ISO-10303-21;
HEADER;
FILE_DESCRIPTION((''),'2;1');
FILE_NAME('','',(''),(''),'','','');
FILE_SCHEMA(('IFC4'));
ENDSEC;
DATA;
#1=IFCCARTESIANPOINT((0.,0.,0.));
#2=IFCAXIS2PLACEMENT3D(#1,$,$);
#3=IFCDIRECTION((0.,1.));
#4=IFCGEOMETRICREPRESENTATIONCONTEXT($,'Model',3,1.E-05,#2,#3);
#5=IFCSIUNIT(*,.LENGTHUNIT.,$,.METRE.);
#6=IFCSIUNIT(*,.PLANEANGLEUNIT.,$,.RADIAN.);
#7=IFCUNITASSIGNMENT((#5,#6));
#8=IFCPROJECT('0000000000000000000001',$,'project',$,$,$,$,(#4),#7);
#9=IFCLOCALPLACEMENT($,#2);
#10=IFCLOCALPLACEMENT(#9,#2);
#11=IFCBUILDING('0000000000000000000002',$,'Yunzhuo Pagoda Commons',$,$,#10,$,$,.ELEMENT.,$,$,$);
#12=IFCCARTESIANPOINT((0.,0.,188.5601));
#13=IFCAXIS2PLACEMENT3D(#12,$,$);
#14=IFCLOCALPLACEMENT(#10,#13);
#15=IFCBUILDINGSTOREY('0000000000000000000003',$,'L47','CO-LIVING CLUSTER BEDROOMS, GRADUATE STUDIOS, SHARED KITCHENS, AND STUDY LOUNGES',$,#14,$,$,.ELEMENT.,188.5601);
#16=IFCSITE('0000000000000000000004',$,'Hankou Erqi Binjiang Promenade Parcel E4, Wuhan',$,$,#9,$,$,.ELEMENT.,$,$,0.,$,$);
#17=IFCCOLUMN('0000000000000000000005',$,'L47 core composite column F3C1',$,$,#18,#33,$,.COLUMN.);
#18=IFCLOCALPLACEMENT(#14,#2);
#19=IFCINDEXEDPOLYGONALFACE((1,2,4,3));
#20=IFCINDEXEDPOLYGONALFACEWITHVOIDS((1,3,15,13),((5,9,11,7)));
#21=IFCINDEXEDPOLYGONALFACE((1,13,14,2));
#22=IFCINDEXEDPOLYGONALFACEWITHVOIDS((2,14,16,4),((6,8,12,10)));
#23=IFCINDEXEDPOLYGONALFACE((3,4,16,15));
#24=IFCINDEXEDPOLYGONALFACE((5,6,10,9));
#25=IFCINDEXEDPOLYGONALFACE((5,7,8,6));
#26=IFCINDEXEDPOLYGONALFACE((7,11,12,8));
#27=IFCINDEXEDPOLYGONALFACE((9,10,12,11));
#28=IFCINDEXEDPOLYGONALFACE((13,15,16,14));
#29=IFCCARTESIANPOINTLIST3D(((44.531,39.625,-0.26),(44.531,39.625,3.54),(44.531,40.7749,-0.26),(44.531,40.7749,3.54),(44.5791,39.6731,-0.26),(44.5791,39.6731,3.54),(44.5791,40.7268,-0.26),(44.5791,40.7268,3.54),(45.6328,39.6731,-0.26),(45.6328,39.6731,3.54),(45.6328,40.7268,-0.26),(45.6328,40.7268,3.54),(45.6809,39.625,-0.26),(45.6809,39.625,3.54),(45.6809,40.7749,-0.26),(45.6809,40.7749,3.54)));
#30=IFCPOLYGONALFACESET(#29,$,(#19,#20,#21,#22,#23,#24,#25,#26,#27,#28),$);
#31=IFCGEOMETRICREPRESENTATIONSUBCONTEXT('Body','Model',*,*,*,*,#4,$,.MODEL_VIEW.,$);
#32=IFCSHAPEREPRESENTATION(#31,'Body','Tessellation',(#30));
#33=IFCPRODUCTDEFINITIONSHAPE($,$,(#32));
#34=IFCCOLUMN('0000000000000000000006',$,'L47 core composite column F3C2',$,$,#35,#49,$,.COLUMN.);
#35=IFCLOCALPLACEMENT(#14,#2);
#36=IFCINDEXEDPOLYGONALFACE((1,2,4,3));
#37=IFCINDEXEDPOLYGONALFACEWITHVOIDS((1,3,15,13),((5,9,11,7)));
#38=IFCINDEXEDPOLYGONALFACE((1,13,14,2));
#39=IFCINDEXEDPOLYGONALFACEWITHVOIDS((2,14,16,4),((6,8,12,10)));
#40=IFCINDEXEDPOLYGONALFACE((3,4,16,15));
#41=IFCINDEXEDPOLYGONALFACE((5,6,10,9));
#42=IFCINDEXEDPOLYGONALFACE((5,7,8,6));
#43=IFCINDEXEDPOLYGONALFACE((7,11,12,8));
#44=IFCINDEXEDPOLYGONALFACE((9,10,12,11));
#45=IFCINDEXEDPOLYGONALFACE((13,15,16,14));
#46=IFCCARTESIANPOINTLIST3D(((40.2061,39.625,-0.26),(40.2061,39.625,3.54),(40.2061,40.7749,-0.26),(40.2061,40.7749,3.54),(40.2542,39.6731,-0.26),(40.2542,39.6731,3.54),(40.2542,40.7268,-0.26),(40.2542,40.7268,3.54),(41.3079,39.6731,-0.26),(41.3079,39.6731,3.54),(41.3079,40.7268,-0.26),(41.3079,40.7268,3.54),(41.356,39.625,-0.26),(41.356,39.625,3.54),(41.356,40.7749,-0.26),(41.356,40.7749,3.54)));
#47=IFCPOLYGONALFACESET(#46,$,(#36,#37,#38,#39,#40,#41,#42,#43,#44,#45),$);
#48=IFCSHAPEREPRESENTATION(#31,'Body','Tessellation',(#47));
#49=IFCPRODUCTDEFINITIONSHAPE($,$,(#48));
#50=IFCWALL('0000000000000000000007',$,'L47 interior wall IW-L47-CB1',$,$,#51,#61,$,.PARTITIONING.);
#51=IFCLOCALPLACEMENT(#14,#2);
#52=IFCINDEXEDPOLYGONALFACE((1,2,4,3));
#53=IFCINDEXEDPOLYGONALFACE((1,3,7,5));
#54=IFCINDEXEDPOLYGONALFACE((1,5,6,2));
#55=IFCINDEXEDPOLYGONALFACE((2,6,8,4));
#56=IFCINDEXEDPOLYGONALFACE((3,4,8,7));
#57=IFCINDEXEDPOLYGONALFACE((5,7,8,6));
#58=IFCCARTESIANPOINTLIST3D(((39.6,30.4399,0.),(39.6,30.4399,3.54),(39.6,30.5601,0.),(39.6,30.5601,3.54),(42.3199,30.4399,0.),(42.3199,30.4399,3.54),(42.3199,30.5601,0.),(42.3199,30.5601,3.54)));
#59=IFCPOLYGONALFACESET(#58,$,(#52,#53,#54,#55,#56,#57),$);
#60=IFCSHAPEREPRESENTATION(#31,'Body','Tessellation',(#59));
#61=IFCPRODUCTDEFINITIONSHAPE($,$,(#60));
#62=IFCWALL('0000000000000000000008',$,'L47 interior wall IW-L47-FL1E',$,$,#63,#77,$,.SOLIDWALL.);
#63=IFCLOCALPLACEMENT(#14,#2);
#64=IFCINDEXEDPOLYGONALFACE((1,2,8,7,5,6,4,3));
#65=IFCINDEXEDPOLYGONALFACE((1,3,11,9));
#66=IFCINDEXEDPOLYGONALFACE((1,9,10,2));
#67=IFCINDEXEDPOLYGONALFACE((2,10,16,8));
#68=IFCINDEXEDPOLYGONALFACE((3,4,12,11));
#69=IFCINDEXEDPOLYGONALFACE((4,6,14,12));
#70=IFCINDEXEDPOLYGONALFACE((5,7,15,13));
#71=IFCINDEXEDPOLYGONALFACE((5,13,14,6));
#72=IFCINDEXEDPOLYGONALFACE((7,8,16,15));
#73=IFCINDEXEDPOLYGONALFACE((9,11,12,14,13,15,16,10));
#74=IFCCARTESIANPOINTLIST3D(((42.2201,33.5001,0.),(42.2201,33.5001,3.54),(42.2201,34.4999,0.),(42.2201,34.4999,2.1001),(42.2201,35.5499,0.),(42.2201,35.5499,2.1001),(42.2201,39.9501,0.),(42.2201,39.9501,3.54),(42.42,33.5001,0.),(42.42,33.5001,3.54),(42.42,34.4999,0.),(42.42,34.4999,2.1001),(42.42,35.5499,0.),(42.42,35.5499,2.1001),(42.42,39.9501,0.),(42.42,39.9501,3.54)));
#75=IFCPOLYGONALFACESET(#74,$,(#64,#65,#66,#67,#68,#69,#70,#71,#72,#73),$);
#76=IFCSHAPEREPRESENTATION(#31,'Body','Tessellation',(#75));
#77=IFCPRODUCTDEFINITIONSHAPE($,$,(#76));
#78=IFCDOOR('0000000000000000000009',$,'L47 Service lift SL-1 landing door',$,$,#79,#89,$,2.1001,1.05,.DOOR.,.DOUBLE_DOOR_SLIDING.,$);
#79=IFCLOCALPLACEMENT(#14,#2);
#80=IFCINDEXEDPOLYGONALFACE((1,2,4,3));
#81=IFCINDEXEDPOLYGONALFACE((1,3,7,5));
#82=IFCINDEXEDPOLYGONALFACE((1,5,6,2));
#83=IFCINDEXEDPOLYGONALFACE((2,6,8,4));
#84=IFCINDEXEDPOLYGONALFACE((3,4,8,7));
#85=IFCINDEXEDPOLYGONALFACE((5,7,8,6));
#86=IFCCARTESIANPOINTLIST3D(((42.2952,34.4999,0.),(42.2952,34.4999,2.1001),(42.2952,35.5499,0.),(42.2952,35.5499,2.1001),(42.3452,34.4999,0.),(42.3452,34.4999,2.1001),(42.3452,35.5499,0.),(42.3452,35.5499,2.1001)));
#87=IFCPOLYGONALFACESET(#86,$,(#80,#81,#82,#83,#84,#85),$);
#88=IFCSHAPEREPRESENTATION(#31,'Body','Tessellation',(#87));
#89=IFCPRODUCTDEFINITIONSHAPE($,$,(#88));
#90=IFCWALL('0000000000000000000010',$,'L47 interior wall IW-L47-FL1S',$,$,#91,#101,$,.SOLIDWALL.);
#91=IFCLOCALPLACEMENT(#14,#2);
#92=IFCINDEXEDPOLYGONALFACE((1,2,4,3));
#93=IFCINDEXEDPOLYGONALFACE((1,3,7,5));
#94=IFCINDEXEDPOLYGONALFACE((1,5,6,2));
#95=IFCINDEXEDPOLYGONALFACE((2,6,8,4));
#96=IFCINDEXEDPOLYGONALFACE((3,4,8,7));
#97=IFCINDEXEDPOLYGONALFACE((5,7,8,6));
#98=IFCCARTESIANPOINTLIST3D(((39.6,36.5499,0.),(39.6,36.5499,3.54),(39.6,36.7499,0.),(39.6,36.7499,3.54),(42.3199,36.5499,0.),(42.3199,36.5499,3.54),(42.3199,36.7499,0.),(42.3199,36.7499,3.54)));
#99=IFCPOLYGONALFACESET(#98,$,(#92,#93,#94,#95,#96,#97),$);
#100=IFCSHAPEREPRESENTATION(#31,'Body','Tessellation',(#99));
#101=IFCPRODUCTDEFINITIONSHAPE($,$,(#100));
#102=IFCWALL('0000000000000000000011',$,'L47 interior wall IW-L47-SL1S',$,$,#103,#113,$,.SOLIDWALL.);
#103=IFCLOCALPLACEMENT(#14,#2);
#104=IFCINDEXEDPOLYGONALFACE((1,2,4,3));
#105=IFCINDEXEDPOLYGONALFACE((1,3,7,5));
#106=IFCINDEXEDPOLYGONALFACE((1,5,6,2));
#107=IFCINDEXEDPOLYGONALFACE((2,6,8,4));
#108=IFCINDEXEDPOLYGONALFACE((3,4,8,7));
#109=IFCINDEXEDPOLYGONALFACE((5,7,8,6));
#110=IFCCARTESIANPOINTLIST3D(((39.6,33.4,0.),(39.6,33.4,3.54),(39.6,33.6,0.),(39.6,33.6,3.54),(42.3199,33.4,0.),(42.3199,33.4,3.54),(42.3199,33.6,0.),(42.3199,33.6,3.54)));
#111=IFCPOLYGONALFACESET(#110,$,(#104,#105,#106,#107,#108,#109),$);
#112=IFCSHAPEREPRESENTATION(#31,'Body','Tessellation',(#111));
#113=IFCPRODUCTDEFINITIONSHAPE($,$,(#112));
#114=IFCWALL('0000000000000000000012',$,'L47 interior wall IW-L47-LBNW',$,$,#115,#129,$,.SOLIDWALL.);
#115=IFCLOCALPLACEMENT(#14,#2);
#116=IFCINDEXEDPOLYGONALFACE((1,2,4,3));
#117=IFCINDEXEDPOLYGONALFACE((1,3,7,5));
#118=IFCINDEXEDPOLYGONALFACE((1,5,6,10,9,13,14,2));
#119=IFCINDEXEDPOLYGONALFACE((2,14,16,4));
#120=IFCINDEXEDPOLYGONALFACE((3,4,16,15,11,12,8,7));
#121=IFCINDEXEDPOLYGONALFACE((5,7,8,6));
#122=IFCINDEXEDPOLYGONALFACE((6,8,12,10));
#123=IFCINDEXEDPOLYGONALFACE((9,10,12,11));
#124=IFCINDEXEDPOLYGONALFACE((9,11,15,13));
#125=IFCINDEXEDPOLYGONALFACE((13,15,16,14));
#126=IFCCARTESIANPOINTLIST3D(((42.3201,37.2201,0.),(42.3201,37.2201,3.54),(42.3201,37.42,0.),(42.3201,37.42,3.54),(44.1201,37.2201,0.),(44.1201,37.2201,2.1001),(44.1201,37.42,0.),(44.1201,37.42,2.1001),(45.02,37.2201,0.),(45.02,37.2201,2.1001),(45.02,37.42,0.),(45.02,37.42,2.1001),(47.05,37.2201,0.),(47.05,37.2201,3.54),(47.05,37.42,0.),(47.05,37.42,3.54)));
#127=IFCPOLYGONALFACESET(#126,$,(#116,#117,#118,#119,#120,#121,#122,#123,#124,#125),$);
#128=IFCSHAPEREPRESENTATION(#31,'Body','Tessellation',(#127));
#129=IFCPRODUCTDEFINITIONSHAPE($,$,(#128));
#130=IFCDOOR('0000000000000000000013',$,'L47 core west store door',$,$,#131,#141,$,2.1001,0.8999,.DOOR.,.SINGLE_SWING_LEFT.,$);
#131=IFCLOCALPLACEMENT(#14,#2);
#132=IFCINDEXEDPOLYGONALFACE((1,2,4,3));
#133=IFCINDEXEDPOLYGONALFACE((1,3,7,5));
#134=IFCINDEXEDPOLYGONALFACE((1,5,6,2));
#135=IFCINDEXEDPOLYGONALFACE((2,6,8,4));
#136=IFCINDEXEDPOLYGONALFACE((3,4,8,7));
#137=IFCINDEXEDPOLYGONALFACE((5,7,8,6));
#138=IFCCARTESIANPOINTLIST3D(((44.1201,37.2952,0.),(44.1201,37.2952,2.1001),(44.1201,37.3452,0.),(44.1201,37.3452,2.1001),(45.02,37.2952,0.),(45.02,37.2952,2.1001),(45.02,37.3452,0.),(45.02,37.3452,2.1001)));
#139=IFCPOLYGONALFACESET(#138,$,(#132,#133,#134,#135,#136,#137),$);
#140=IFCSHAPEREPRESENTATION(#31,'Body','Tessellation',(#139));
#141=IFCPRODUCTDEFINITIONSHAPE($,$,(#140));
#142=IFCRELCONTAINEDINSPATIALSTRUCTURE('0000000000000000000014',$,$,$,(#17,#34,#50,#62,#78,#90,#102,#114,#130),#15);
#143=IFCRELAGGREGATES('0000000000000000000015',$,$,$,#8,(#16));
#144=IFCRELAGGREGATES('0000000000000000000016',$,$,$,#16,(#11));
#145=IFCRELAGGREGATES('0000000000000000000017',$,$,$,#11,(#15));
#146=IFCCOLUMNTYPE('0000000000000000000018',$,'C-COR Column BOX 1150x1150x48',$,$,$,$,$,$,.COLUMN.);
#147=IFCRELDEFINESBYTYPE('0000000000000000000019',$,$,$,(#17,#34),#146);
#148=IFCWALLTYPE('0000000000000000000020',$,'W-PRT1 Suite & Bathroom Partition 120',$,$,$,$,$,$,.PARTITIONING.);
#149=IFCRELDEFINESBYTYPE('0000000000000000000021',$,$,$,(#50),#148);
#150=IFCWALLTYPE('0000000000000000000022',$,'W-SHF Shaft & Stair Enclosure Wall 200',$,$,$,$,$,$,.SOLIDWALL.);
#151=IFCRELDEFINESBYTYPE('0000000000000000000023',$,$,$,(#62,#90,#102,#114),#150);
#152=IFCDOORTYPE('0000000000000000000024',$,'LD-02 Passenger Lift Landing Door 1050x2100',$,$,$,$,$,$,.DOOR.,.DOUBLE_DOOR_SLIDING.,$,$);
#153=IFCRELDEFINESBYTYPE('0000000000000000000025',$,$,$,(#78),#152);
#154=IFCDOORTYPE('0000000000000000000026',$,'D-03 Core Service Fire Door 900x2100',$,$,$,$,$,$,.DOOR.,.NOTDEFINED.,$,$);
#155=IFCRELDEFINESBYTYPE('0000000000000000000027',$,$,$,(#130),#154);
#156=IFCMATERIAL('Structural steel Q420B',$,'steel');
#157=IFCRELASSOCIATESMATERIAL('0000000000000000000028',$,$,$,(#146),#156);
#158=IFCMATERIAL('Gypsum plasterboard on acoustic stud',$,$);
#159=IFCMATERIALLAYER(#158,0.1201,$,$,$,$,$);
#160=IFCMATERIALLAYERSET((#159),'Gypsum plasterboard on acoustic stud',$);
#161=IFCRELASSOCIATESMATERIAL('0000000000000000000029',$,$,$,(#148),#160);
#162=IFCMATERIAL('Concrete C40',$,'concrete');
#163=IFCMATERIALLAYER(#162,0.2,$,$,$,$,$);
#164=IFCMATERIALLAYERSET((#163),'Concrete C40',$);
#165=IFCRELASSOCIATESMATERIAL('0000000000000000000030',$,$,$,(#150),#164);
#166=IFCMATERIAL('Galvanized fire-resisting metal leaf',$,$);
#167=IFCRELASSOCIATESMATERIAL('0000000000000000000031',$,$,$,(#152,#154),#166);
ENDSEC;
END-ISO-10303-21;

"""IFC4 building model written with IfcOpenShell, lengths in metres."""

from ifc_helpers import new_model, si_unit, direction, frame, frame_2d, origin, origin_with_axes, origin_2d, place, context, subcontext, project, spatial, rectangle, hollow_rectangle, extrude, source, transform, mapped, material, layer, layer_set, material_profile, profile_set, type_object, element, fill, save


model = new_model("IFC4")

# Units and contexts
model_context = context("Model", 3, precision=1e-05, world=origin(), true_north=direction((0.0, 1.0)))
body_context = subcontext(model_context, "Body", "Model", "MODEL_VIEW")
ifc_project = project(units=[si_unit("LENGTHUNIT", "METRE"), si_unit("PLANEANGLEUNIT", "RADIAN")], contexts=[model_context])

# Site, building, storey
site_placement = place(None, origin())
site = spatial("IfcSite", under=ifc_project, at=site_placement, Name="Hankou Erqi Binjiang Promenade Parcel E4, Wuhan", CompositionType="ELEMENT", RefElevation=0.0)
building_placement = place(site_placement, origin())
building = spatial("IfcBuilding", under=site, at=building_placement, Name="Yunzhuo Pagoda Commons", CompositionType="ELEMENT")
storey_placement = place(building_placement, frame((0.0, 0.0, 188.5601)))
storey = spatial("IfcBuildingStorey", under=building, at=storey_placement, Name="L47", Description="CO-LIVING CLUSTER BEDROOMS, GRADUATE STUDIOS, SHARED KITCHENS, AND STUDY LOUNGES", CompositionType="ELEMENT", Elevation=188.5601)

# Columns
ifc_material_1 = material(Name="Structural steel Q420B", Category="steel")
ifc_material_profile = material_profile(ifc_material_1, hollow_rectangle(XDim=1.1499, YDim=1.1499, WallThickness=0.0481, at=origin_2d()), Name="Structural steel Q420B")
ifc_profile_set = profile_set([ifc_material_profile], Name="Structural steel Q420B")
column_type = type_object("IfcColumnType", Name="C-COR Column BOX 1150x1150x48", PredefinedType="COLUMN", material=ifc_profile_set)
shared_shape_1 = source(origin(), body_context, "Body", "SweptSolid", [
    extrude(hollow_rectangle(XDim=1.1499, YDim=1.1499, WallThickness=0.0481, at=origin_2d()), origin(), (0.0, 0.0, 1.0), 3.8),
])
for number, where, z_axis, x_axis, name in (
    (1, (45.106, 40.2, -0.26), (0.0, 0.0, 1.0), (1.0, 0.0, 0.0), "L47 core composite column F3C1"),
    (2, (40.781, 40.2, -0.26), (0.0, 0.0, 1.0), (1.0, 0.0, 0.0), "L47 core composite column F3C2"),
):
    element("IfcColumn", number, at=place(storey_placement, frame(where, z_axis=z_axis, x_axis=x_axis)), inside=storey, type_object=column_type, Name=name, PredefinedType="COLUMN", context=body_context, shape_type="MappedRepresentation", body=[
        mapped(shared_shape_1, transform((0.0, 0.0, 0.0), scale=1.0)),
    ])

# Wall
ifc_material_2 = material(Name="Gypsum plasterboard on acoustic stud")
ifc_layer_1 = layer(ifc_material_2, 0.1201)
ifc_layer_set_1 = layer_set([ifc_layer_1], Name="Gypsum plasterboard on acoustic stud")
wall_type_1 = type_object("IfcWallType", Name="W-PRT1 Suite & Bathroom Partition 120", PredefinedType="PARTITIONING", material=ifc_layer_set_1)
wall_1_placement = place(storey_placement, frame((39.6001, 30.5, 0.0), z_axis=(0.0, 0.0, 1.0), x_axis=(1.0, 0.0, 0.0)))
element("IfcWall", 3, at=wall_1_placement, inside=storey, type_object=wall_type_1, Name="L47 interior wall IW-L47-CB1", PredefinedType="PARTITIONING", context=body_context, shape_type="SweptSolid", body=[
    extrude(rectangle(XDim=2.72, YDim=0.1201, at=frame_2d((1.3599, 0.0))), origin(), (0.0, 0.0, 1.0), 3.54),
])

# Wall, opening, door
ifc_material_3 = material(Name="Concrete C40", Category="concrete")
ifc_layer_2 = layer(ifc_material_3, 0.2)
ifc_layer_set_2 = layer_set([ifc_layer_2], Name="Concrete C40")
wall_type_2 = type_object("IfcWallType", Name="W-SHF Shaft & Stair Enclosure Wall 200", PredefinedType="SOLIDWALL", material=ifc_layer_set_2)
wall_2_placement = place(storey_placement, frame((42.3201, 33.5, 0.0), z_axis=(0.0, 0.0, 1.0), x_axis=(0.0, 1.0, 0.0)))
wall_2 = element("IfcWall", 4, at=wall_2_placement, inside=storey, type_object=wall_type_2, Name="L47 interior wall IW-L47-FL1E", PredefinedType="SOLIDWALL", context=body_context, shape_type="SweptSolid", body=[
    extrude(rectangle(XDim=6.45, YDim=0.2, at=frame_2d((3.2251, 0.0))), origin(), (0.0, 0.0, 1.0), 3.54),
])
opening_1_placement = place(wall_2_placement, frame((1.0, 0.0, 0.0)))
opening_1 = element("IfcOpeningElement", 5, at=opening_1_placement, cuts=wall_2, PredefinedType="OPENING", context=body_context, shape_type="SweptSolid", body=[
    extrude(rectangle(XDim=1.05, YDim=2.1001, at=frame_2d((0.5249, 1.05))), frame((0.0, 0.1099, 0.0), z_axis=(0.0, -1.0, 0.0), x_axis=(1.0, 0.0, 0.0)), (0.0, 0.0, 1.0), 0.22),
])
ifc_material_4 = material(Name="Galvanized fire-resisting metal leaf")
door_type_1 = type_object("IfcDoorType", Name="LD-02 Passenger Lift Landing Door 1050x2100", OperationType="DOUBLE_DOOR_SLIDING", PredefinedType="DOOR", material=ifc_material_4)
shared_shape_2 = source(origin(), body_context, "Body", "SweptSolid", [
    extrude(rectangle(XDim=1.05, YDim=2.1001, at=frame_2d((0.5249, 1.05))), frame((0.0, 0.0249, 0.0), z_axis=(0.0, -1.0, 0.0), x_axis=(1.0, 0.0, 0.0)), (0.0, 0.0, 1.0), 0.05),
])
door_1_placement = place(opening_1_placement, origin_with_axes())
door_1 = element("IfcDoor", 6, at=door_1_placement, inside=storey, type_object=door_type_1, Name="L47 Service lift SL-1 landing door", OperationType="DOUBLE_DOOR_SLIDING", OverallHeight=2.1001, OverallWidth=1.05, PredefinedType="DOOR", context=body_context, shape_type="MappedRepresentation", body=[
    mapped(shared_shape_2, transform((0.0, 0.0, 0.0), scale=1.0)),
])
fill(opening_1, door_1)

# Walls
for number, where, z_axis, x_axis, name in (
    (7, (39.6001, 36.6499, 0.0), (0.0, 0.0, 1.0), (1.0, 0.0, 0.0), "L47 interior wall IW-L47-FL1S"),
    (8, (39.6001, 33.5, 0.0), (0.0, 0.0, 1.0), (1.0, 0.0, 0.0), "L47 interior wall IW-L47-SL1S"),
):
    element("IfcWall", number, at=place(storey_placement, frame(where, z_axis=z_axis, x_axis=x_axis)), inside=storey, type_object=wall_type_2, Name=name, PredefinedType="SOLIDWALL", context=body_context, shape_type="SweptSolid", body=[
        extrude(rectangle(XDim=2.72, YDim=0.2, at=frame_2d((1.3599, 0.0))), origin(), (0.0, 0.0, 1.0), 3.54),
    ])

# Wall, opening, door
wall_3_placement = place(storey_placement, frame((42.3201, 37.3201, 0.0), z_axis=(0.0, 0.0, 1.0), x_axis=(1.0, 0.0, 0.0)))
wall_3 = element("IfcWall", 9, at=wall_3_placement, inside=storey, type_object=wall_type_2, Name="L47 interior wall IW-L47-LBNW", PredefinedType="SOLIDWALL", context=body_context, shape_type="SweptSolid", body=[
    extrude(rectangle(XDim=4.73, YDim=0.2, at=frame_2d((2.365, 0.0))), origin(), (0.0, 0.0, 1.0), 3.54),
])
opening_2_placement = place(wall_3_placement, frame((1.8, 0.0, 0.0)))
opening_2 = element("IfcOpeningElement", 10, at=opening_2_placement, cuts=wall_3, PredefinedType="OPENING", context=body_context, shape_type="SweptSolid", body=[
    extrude(rectangle(XDim=0.8999, YDim=2.1001, at=frame_2d((0.45, 1.05))), frame((0.0, 0.1099, 0.0), z_axis=(0.0, -1.0, 0.0), x_axis=(1.0, 0.0, 0.0)), (0.0, 0.0, 1.0), 0.22),
])
door_type_2 = type_object("IfcDoorType", Name="D-03 Core Service Fire Door 900x2100", OperationType="NOTDEFINED", PredefinedType="DOOR", material=ifc_material_4)
shared_shape_3 = source(origin(), body_context, "Body", "SweptSolid", [
    extrude(rectangle(XDim=0.8999, YDim=2.1001, at=frame_2d((0.45, 1.05))), frame((0.0, 0.0249, 0.0), z_axis=(0.0, -1.0, 0.0), x_axis=(1.0, 0.0, 0.0)), (0.0, 0.0, 1.0), 0.05),
])
door_2_placement = place(opening_2_placement, frame((0.8999, 0.0, 0.0), z_axis=(0.0, 0.0, 1.0), x_axis=(-1.0, 0.0, 0.0)))
door_2 = element("IfcDoor", 11, at=door_2_placement, inside=storey, type_object=door_type_2, Name="L47 core west store door", OperationType="SINGLE_SWING_LEFT", OverallHeight=2.1001, OverallWidth=0.8999, PredefinedType="DOOR", context=body_context, shape_type="MappedRepresentation", body=[
    mapped(shared_shape_3, transform((0.0, 0.0, 0.0), scale=1.0)),
])
fill(opening_2, door_2)

save(model, "model.ifc")
